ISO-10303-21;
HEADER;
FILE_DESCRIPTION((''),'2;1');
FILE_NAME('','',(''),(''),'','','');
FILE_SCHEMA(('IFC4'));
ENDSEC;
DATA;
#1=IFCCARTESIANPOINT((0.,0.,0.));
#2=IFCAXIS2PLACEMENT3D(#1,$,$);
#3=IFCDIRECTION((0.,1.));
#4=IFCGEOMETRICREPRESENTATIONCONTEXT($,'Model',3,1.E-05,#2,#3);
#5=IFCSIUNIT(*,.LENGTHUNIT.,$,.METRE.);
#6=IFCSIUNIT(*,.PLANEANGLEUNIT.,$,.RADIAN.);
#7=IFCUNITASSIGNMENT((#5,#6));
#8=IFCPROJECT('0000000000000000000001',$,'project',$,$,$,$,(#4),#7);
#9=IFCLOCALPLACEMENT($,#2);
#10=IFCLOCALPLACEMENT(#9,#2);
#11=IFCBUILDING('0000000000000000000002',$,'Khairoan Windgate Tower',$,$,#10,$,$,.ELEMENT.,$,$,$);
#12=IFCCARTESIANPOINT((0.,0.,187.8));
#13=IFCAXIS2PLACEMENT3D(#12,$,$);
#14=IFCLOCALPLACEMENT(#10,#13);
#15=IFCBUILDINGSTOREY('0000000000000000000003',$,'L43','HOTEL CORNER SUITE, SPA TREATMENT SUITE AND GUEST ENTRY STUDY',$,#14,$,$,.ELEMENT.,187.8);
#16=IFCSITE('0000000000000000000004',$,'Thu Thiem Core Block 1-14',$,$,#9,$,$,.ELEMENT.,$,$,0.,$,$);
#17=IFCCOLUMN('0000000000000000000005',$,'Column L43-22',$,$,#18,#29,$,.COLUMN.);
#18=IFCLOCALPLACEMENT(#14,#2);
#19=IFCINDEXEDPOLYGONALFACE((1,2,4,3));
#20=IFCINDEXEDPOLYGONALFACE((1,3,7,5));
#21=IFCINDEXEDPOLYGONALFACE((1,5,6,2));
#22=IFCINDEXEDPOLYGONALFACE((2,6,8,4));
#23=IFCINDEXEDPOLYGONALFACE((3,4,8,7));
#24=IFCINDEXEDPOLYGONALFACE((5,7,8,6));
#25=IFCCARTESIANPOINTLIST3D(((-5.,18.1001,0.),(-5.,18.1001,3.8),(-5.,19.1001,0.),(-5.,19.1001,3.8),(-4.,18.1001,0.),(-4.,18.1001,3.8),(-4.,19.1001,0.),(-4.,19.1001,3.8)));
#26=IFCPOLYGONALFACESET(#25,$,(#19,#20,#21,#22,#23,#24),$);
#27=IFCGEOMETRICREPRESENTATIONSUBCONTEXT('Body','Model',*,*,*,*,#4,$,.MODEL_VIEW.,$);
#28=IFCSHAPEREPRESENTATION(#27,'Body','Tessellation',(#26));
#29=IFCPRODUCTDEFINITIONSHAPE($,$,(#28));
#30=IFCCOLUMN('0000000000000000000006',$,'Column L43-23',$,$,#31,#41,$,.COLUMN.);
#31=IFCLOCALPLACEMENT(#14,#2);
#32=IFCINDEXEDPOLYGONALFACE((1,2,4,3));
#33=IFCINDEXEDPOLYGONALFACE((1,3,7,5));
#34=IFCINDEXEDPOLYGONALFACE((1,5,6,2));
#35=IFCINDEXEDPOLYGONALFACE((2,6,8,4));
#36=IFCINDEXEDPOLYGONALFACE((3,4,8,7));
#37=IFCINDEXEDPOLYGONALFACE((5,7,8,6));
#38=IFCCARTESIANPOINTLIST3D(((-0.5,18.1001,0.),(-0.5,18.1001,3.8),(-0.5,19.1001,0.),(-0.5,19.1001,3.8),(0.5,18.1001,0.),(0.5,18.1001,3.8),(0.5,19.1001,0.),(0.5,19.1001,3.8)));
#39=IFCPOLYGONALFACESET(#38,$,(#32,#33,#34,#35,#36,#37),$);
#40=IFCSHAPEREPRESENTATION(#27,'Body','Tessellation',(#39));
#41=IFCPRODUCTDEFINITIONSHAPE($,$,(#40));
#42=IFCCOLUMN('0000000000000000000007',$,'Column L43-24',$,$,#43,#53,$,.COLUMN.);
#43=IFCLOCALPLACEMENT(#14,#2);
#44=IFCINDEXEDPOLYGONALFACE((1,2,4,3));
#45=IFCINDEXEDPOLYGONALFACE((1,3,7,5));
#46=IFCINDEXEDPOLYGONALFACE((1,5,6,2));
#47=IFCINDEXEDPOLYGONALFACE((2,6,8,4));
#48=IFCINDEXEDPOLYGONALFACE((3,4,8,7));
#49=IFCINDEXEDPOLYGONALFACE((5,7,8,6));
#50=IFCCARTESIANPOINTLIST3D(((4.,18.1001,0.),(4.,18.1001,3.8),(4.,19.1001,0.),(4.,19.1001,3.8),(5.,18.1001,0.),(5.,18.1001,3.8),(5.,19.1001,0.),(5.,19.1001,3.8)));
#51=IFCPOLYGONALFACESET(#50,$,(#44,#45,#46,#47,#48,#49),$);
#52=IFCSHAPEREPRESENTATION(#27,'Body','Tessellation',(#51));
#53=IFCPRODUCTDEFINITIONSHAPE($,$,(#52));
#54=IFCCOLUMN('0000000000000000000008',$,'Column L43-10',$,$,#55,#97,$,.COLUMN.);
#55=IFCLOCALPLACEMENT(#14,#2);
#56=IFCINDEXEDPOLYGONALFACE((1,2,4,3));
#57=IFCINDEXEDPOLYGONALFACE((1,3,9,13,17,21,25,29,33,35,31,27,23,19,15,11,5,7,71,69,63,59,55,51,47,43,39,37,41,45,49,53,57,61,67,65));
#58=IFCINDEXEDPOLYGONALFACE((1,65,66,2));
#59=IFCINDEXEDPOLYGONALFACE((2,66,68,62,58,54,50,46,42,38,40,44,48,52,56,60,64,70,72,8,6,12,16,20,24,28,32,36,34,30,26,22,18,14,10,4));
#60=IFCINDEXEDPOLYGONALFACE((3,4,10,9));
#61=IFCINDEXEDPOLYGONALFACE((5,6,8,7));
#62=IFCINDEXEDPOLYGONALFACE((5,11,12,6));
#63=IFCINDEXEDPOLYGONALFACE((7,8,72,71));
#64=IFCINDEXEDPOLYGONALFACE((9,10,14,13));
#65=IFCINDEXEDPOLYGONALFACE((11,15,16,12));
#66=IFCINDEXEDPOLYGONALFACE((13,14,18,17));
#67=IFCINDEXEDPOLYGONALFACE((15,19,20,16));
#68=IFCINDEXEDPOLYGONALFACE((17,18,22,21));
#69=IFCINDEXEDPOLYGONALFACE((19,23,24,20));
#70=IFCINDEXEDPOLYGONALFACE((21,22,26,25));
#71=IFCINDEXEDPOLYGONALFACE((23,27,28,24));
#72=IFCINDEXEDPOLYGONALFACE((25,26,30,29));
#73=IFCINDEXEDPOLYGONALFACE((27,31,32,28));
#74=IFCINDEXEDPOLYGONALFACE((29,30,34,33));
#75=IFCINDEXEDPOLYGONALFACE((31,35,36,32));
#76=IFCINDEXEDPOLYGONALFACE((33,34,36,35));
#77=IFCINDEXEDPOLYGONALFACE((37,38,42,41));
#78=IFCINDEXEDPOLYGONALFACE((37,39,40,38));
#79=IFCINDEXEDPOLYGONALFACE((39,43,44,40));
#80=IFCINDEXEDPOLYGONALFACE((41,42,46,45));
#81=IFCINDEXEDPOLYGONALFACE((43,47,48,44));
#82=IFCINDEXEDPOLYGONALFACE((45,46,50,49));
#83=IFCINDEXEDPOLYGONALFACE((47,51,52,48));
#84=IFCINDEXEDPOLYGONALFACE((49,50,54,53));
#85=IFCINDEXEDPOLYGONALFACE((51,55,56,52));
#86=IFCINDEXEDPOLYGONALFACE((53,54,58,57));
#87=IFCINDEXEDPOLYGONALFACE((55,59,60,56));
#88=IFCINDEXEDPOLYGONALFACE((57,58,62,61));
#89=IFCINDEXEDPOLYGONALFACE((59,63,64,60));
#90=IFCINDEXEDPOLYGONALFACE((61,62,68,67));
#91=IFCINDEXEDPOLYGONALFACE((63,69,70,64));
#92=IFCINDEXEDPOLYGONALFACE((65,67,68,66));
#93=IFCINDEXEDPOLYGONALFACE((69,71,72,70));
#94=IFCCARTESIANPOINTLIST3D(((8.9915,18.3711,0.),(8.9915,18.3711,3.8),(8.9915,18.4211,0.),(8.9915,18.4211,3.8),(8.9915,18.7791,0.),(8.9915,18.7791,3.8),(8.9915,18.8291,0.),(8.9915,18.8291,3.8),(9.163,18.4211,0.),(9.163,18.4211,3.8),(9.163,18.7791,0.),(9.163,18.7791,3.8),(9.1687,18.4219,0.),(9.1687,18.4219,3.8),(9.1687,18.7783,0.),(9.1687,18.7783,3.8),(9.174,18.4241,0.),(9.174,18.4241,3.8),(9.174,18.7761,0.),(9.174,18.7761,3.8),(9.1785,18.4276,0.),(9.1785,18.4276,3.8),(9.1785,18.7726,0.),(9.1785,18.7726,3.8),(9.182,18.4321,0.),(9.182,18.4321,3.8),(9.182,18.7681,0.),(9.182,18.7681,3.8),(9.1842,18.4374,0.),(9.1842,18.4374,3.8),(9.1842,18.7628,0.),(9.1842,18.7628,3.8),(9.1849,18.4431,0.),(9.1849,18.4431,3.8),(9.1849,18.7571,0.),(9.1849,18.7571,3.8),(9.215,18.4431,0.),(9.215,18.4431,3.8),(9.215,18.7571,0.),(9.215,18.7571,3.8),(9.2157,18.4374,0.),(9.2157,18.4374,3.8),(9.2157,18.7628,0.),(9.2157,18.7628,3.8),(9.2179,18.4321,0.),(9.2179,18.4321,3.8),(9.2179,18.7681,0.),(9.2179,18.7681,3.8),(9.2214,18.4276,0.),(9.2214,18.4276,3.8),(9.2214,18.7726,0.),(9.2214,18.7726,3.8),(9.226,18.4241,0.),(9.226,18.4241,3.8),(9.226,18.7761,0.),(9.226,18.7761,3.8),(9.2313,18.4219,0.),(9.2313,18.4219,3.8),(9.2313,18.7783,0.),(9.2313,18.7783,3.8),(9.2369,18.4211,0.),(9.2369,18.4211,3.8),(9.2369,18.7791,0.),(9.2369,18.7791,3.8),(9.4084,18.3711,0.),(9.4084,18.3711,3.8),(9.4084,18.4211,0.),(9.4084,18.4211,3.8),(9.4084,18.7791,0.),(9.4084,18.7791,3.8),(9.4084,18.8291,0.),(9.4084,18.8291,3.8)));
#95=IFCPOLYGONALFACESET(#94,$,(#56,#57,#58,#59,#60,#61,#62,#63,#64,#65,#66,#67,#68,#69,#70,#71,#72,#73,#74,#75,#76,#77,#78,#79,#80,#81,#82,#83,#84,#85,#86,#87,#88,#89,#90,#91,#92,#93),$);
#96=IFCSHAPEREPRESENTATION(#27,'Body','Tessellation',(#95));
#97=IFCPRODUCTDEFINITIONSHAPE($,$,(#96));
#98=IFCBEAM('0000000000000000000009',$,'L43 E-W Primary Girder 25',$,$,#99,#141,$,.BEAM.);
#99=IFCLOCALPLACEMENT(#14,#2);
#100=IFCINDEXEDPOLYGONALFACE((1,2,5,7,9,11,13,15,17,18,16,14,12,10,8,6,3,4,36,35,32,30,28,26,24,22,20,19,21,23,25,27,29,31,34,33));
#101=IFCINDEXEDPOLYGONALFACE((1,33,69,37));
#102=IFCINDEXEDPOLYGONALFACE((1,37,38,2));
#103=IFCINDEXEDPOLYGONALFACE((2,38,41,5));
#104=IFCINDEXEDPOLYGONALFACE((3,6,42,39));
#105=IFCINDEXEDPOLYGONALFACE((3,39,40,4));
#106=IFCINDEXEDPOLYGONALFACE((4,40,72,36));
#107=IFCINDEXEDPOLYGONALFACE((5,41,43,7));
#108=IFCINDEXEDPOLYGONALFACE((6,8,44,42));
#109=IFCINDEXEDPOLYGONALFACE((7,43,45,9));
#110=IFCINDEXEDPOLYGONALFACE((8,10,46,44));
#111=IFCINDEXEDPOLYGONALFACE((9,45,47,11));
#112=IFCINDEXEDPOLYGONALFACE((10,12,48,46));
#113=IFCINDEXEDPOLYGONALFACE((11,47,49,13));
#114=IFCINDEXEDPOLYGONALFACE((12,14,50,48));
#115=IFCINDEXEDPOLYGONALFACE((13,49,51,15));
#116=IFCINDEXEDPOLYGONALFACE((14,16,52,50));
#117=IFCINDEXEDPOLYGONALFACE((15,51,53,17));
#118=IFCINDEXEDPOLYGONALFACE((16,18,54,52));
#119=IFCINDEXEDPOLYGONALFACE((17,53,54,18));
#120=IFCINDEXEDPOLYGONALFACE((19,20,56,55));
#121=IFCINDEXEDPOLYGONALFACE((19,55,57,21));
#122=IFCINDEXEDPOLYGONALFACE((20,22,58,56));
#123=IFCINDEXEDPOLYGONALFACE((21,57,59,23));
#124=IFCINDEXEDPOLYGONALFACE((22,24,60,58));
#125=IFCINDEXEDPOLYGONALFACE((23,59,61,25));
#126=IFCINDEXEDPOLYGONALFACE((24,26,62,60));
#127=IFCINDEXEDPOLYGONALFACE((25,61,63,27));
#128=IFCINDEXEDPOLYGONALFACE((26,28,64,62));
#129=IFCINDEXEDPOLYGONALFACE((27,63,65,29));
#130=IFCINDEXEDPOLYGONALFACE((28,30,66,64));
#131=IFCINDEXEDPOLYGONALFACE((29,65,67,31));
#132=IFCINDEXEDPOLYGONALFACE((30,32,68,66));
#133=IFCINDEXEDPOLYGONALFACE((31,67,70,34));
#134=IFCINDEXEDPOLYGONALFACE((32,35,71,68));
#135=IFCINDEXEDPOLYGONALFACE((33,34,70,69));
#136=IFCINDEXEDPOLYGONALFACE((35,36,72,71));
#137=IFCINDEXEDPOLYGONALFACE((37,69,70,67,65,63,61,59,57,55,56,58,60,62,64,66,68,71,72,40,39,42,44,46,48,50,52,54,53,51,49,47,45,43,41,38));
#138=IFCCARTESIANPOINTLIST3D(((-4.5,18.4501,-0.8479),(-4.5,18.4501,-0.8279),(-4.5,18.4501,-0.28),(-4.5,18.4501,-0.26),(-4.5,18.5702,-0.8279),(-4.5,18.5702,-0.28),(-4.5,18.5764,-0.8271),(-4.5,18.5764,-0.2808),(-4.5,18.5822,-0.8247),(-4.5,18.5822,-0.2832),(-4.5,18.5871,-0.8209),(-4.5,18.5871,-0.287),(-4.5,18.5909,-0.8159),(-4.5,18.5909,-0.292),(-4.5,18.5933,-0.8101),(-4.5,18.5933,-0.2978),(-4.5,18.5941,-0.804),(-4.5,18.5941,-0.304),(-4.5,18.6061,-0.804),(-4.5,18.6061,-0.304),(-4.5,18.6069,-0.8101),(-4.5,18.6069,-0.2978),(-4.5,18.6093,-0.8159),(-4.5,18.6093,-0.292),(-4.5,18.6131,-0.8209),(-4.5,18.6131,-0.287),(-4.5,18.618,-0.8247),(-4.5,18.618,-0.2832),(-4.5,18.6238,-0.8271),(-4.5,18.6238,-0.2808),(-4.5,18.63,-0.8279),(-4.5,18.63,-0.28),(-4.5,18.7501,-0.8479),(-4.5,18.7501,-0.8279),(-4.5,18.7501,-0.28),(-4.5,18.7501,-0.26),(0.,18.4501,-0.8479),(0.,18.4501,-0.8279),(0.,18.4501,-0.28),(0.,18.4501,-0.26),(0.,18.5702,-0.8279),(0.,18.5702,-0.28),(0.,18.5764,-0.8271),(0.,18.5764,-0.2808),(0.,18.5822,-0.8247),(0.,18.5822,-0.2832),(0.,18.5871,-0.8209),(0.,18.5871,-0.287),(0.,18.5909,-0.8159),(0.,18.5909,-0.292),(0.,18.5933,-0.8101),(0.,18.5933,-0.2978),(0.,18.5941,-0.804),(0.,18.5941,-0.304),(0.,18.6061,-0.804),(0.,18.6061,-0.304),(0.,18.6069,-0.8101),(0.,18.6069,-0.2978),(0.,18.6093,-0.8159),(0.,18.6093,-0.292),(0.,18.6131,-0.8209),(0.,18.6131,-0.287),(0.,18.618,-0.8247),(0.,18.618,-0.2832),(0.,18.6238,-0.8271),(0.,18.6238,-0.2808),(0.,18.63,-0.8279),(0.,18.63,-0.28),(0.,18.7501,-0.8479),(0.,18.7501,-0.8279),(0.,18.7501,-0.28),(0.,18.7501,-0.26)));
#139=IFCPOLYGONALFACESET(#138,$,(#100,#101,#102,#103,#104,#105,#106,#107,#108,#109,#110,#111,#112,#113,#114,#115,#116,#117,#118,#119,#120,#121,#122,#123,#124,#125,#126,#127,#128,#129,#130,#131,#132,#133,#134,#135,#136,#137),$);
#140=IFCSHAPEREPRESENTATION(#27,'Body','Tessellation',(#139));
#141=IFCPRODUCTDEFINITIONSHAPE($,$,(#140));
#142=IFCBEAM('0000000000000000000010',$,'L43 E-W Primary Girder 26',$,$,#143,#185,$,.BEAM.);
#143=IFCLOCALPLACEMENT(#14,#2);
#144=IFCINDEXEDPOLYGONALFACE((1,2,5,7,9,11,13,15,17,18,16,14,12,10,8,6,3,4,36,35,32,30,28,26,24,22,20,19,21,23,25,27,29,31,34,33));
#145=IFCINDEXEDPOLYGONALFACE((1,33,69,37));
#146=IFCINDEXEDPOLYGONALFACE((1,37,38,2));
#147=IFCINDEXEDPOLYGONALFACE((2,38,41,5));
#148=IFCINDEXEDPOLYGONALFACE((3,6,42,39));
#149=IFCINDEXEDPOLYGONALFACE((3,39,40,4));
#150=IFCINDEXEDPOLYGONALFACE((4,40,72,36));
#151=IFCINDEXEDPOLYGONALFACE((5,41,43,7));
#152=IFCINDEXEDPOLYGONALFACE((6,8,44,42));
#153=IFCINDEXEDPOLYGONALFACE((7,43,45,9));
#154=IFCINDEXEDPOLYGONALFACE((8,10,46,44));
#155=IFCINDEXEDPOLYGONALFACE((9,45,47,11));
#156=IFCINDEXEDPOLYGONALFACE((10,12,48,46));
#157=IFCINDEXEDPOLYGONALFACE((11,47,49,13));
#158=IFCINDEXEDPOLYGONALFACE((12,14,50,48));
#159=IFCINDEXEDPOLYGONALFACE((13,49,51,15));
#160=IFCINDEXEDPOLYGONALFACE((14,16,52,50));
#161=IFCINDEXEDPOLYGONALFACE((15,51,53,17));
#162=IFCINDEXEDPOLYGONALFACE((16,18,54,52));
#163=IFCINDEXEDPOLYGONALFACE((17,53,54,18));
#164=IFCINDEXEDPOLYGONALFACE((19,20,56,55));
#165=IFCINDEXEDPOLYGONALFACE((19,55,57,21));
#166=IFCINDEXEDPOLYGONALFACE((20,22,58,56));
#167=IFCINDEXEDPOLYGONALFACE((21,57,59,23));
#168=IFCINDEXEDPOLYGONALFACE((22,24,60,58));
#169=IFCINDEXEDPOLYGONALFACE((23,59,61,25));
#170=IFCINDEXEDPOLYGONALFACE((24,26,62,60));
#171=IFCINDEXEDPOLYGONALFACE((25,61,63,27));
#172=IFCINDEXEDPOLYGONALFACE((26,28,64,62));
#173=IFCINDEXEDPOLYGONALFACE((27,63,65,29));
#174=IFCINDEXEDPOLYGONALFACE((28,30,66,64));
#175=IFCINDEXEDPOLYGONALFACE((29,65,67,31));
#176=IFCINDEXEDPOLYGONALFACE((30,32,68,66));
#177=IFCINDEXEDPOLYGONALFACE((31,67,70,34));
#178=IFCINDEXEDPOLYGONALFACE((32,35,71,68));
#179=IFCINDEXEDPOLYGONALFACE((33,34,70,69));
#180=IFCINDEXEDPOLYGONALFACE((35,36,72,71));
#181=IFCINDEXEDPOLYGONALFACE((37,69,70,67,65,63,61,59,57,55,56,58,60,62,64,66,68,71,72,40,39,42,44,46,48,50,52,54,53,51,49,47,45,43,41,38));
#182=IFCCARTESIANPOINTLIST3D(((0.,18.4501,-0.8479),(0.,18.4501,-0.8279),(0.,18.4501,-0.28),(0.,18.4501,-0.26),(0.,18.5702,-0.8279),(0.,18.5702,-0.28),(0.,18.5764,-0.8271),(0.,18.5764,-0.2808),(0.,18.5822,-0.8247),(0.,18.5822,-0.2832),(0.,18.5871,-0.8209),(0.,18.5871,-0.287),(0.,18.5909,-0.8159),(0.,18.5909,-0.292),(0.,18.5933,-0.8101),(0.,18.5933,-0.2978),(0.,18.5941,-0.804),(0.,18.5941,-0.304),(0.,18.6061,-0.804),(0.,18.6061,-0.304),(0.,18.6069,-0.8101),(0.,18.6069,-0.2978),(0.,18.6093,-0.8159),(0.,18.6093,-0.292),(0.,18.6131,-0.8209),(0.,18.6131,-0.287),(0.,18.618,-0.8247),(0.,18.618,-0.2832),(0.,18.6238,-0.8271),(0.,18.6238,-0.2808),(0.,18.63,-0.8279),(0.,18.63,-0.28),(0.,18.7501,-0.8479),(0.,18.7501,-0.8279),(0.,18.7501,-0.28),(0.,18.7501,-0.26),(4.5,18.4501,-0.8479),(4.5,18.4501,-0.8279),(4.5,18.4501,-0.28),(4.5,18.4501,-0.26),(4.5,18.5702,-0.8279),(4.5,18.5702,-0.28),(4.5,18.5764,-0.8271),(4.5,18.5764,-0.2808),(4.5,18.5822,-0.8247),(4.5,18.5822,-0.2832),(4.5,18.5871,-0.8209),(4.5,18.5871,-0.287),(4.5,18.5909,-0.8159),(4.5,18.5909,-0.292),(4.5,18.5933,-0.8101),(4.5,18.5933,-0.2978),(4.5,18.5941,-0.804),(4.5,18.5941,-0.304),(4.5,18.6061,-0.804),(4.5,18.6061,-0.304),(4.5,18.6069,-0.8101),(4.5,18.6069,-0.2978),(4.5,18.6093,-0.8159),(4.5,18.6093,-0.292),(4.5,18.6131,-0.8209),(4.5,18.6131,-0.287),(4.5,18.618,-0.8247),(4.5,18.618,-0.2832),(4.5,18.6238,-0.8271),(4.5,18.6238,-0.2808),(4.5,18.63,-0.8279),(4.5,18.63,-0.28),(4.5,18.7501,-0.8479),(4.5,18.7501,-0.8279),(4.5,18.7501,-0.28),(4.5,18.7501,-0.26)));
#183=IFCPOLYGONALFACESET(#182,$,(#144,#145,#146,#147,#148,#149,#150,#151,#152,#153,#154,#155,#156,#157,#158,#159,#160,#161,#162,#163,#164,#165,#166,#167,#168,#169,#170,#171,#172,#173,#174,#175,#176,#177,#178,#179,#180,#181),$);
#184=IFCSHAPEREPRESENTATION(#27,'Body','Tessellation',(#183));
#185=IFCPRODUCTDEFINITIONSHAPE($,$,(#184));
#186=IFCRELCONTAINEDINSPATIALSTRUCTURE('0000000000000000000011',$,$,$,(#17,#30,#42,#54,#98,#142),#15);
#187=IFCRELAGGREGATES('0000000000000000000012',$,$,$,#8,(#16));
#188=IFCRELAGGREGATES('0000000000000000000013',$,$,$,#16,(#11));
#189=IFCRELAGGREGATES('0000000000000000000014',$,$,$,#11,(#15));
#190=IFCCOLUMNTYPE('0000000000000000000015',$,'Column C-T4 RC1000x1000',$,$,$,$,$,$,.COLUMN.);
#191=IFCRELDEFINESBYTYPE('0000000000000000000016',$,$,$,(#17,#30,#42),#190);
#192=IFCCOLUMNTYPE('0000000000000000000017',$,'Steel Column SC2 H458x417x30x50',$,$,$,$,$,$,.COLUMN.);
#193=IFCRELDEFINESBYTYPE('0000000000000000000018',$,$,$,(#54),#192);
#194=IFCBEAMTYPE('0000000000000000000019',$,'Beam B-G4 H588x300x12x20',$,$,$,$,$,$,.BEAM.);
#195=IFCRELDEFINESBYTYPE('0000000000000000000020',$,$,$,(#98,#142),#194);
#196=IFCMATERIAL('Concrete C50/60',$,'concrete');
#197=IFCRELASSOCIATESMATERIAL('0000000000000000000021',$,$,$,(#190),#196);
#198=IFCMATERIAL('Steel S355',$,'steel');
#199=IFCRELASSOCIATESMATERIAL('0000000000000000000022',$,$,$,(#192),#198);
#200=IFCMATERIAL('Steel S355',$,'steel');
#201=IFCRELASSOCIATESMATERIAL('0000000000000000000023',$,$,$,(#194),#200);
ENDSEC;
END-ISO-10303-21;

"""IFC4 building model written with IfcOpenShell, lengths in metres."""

from ifc_helpers import new_model, si_unit, direction, frame, origin, origin_2d, place, context, subcontext, project, spatial, rectangle, i_section, extrude, material, material_profile, profile_set, type_object, element, save


model = new_model("IFC4")

# Units and contexts
model_context = context("Model", 3, precision=1e-05, world=origin(), true_north=direction((0.0, 1.0)))
body_context = subcontext(model_context, "Body", "Model", "MODEL_VIEW")
ifc_project = project(units=[si_unit("LENGTHUNIT", "METRE"), si_unit("PLANEANGLEUNIT", "RADIAN")], contexts=[model_context])

# Site, building, storey
site_placement = place(None, origin())
site = spatial("IfcSite", under=ifc_project, at=site_placement, Name="Thu Thiem Core Block 1-14", CompositionType="ELEMENT", RefElevation=0.0)
building_placement = place(site_placement, origin())
building = spatial("IfcBuilding", under=site, at=building_placement, Name="Khairoan Windgate Tower", CompositionType="ELEMENT")
storey_placement = place(building_placement, frame((0.0, 0.0, 187.8)))
storey = spatial("IfcBuildingStorey", under=building, at=storey_placement, Name="L43", Description="HOTEL CORNER SUITE, SPA TREATMENT SUITE AND GUEST ENTRY STUDY", CompositionType="ELEMENT", Elevation=187.8)

# Columns
ifc_material_1 = material(Name="Concrete C50/60", Category="concrete")
ifc_material_profile_1 = material_profile(ifc_material_1, rectangle(XDim=1.0, YDim=1.0, at=origin_2d()))
ifc_profile_set_1 = profile_set([ifc_material_profile_1], Name="Concrete C50/60")
column_type_1 = type_object("IfcColumnType", Name="Column C-T4 RC1000x1000", PredefinedType="COLUMN", material=ifc_profile_set_1)
for number, where, z_axis, x_axis, name in (
    (1, (-4.5, 18.6001, 0.0), (0.0, 0.0, 1.0), (1.0, 0.0, 0.0), "Column L43-22"),
    (2, (0.0, 18.6001, 0.0), (0.0, 0.0, 1.0), (1.0, 0.0, 0.0), "Column L43-23"),
    (3, (4.5, 18.6001, 0.0), (0.0, 0.0, 1.0), (1.0, 0.0, 0.0), "Column L43-24"),
):
    element("IfcColumn", number, at=place(storey_placement, frame(where, z_axis=z_axis, x_axis=x_axis)), inside=storey, type_object=column_type_1, Name=name, PredefinedType="COLUMN", context=body_context, shape_type="SweptSolid", body=[
        extrude(rectangle(XDim=1.0, YDim=1.0, at=origin_2d()), origin(), (0.0, 0.0, 1.0), 3.8),
    ])
ifc_material_2 = material(Name="Steel S355", Category="steel")
ifc_material_profile_2 = material_profile(ifc_material_2, i_section(OverallWidth=0.417, OverallDepth=0.458, WebThickness=0.03, FlangeThickness=0.05, FilletRadius=0.022, at=origin_2d()))
ifc_profile_set_2 = profile_set([ifc_material_profile_2], Name="Steel S355")
column_type_2 = type_object("IfcColumnType", Name="Steel Column SC2 H458x417x30x50", PredefinedType="COLUMN", material=ifc_profile_set_2)
column_placement = place(storey_placement, frame((9.2, 18.6001, 0.0), z_axis=(0.0, 0.0, 1.0), x_axis=(1.0, 0.0, 0.0)))
element("IfcColumn", 4, at=column_placement, inside=storey, type_object=column_type_2, Name="Column L43-10", PredefinedType="COLUMN", context=body_context, shape_type="SweptSolid", body=[
    extrude(i_section(OverallWidth=0.417, OverallDepth=0.458, WebThickness=0.03, FlangeThickness=0.05, FilletRadius=0.022, at=origin_2d()), origin(), (0.0, 0.0, 1.0), 3.8),
])

# Beams
ifc_material_3 = material(Name="Steel S355", Category="steel")
ifc_material_profile_3 = material_profile(ifc_material_3, i_section(OverallWidth=0.3, OverallDepth=0.5879, WebThickness=0.012, FlangeThickness=0.02, FilletRadius=0.0239, at=origin_2d()))
ifc_profile_set_3 = profile_set([ifc_material_profile_3], Name="Steel S355")
beam_type = type_object("IfcBeamType", Name="Beam B-G4 H588x300x12x20", PredefinedType="BEAM", material=ifc_profile_set_3)
for number, where, z_axis, x_axis, name in (
    (5, (-4.5, 18.6001, -0.554), (1.0, 0.0, 0.0), (0.0, 1.0, 0.0), "L43 E-W Primary Girder 25"),
    (6, (0.0, 18.6001, -0.554), (1.0, 0.0, 0.0), (0.0, 1.0, 0.0), "L43 E-W Primary Girder 26"),
):
    element("IfcBeam", number, at=place(storey_placement, frame(where, z_axis=z_axis, x_axis=x_axis)), inside=storey, type_object=beam_type, Name=name, PredefinedType="BEAM", context=body_context, shape_type="SweptSolid", body=[
        extrude(i_section(OverallWidth=0.3, OverallDepth=0.5879, WebThickness=0.012, FlangeThickness=0.02, FilletRadius=0.0239, at=origin_2d()), origin(), (0.0, 0.0, 1.0), 4.5),
    ])

save(model, "model.ifc")
